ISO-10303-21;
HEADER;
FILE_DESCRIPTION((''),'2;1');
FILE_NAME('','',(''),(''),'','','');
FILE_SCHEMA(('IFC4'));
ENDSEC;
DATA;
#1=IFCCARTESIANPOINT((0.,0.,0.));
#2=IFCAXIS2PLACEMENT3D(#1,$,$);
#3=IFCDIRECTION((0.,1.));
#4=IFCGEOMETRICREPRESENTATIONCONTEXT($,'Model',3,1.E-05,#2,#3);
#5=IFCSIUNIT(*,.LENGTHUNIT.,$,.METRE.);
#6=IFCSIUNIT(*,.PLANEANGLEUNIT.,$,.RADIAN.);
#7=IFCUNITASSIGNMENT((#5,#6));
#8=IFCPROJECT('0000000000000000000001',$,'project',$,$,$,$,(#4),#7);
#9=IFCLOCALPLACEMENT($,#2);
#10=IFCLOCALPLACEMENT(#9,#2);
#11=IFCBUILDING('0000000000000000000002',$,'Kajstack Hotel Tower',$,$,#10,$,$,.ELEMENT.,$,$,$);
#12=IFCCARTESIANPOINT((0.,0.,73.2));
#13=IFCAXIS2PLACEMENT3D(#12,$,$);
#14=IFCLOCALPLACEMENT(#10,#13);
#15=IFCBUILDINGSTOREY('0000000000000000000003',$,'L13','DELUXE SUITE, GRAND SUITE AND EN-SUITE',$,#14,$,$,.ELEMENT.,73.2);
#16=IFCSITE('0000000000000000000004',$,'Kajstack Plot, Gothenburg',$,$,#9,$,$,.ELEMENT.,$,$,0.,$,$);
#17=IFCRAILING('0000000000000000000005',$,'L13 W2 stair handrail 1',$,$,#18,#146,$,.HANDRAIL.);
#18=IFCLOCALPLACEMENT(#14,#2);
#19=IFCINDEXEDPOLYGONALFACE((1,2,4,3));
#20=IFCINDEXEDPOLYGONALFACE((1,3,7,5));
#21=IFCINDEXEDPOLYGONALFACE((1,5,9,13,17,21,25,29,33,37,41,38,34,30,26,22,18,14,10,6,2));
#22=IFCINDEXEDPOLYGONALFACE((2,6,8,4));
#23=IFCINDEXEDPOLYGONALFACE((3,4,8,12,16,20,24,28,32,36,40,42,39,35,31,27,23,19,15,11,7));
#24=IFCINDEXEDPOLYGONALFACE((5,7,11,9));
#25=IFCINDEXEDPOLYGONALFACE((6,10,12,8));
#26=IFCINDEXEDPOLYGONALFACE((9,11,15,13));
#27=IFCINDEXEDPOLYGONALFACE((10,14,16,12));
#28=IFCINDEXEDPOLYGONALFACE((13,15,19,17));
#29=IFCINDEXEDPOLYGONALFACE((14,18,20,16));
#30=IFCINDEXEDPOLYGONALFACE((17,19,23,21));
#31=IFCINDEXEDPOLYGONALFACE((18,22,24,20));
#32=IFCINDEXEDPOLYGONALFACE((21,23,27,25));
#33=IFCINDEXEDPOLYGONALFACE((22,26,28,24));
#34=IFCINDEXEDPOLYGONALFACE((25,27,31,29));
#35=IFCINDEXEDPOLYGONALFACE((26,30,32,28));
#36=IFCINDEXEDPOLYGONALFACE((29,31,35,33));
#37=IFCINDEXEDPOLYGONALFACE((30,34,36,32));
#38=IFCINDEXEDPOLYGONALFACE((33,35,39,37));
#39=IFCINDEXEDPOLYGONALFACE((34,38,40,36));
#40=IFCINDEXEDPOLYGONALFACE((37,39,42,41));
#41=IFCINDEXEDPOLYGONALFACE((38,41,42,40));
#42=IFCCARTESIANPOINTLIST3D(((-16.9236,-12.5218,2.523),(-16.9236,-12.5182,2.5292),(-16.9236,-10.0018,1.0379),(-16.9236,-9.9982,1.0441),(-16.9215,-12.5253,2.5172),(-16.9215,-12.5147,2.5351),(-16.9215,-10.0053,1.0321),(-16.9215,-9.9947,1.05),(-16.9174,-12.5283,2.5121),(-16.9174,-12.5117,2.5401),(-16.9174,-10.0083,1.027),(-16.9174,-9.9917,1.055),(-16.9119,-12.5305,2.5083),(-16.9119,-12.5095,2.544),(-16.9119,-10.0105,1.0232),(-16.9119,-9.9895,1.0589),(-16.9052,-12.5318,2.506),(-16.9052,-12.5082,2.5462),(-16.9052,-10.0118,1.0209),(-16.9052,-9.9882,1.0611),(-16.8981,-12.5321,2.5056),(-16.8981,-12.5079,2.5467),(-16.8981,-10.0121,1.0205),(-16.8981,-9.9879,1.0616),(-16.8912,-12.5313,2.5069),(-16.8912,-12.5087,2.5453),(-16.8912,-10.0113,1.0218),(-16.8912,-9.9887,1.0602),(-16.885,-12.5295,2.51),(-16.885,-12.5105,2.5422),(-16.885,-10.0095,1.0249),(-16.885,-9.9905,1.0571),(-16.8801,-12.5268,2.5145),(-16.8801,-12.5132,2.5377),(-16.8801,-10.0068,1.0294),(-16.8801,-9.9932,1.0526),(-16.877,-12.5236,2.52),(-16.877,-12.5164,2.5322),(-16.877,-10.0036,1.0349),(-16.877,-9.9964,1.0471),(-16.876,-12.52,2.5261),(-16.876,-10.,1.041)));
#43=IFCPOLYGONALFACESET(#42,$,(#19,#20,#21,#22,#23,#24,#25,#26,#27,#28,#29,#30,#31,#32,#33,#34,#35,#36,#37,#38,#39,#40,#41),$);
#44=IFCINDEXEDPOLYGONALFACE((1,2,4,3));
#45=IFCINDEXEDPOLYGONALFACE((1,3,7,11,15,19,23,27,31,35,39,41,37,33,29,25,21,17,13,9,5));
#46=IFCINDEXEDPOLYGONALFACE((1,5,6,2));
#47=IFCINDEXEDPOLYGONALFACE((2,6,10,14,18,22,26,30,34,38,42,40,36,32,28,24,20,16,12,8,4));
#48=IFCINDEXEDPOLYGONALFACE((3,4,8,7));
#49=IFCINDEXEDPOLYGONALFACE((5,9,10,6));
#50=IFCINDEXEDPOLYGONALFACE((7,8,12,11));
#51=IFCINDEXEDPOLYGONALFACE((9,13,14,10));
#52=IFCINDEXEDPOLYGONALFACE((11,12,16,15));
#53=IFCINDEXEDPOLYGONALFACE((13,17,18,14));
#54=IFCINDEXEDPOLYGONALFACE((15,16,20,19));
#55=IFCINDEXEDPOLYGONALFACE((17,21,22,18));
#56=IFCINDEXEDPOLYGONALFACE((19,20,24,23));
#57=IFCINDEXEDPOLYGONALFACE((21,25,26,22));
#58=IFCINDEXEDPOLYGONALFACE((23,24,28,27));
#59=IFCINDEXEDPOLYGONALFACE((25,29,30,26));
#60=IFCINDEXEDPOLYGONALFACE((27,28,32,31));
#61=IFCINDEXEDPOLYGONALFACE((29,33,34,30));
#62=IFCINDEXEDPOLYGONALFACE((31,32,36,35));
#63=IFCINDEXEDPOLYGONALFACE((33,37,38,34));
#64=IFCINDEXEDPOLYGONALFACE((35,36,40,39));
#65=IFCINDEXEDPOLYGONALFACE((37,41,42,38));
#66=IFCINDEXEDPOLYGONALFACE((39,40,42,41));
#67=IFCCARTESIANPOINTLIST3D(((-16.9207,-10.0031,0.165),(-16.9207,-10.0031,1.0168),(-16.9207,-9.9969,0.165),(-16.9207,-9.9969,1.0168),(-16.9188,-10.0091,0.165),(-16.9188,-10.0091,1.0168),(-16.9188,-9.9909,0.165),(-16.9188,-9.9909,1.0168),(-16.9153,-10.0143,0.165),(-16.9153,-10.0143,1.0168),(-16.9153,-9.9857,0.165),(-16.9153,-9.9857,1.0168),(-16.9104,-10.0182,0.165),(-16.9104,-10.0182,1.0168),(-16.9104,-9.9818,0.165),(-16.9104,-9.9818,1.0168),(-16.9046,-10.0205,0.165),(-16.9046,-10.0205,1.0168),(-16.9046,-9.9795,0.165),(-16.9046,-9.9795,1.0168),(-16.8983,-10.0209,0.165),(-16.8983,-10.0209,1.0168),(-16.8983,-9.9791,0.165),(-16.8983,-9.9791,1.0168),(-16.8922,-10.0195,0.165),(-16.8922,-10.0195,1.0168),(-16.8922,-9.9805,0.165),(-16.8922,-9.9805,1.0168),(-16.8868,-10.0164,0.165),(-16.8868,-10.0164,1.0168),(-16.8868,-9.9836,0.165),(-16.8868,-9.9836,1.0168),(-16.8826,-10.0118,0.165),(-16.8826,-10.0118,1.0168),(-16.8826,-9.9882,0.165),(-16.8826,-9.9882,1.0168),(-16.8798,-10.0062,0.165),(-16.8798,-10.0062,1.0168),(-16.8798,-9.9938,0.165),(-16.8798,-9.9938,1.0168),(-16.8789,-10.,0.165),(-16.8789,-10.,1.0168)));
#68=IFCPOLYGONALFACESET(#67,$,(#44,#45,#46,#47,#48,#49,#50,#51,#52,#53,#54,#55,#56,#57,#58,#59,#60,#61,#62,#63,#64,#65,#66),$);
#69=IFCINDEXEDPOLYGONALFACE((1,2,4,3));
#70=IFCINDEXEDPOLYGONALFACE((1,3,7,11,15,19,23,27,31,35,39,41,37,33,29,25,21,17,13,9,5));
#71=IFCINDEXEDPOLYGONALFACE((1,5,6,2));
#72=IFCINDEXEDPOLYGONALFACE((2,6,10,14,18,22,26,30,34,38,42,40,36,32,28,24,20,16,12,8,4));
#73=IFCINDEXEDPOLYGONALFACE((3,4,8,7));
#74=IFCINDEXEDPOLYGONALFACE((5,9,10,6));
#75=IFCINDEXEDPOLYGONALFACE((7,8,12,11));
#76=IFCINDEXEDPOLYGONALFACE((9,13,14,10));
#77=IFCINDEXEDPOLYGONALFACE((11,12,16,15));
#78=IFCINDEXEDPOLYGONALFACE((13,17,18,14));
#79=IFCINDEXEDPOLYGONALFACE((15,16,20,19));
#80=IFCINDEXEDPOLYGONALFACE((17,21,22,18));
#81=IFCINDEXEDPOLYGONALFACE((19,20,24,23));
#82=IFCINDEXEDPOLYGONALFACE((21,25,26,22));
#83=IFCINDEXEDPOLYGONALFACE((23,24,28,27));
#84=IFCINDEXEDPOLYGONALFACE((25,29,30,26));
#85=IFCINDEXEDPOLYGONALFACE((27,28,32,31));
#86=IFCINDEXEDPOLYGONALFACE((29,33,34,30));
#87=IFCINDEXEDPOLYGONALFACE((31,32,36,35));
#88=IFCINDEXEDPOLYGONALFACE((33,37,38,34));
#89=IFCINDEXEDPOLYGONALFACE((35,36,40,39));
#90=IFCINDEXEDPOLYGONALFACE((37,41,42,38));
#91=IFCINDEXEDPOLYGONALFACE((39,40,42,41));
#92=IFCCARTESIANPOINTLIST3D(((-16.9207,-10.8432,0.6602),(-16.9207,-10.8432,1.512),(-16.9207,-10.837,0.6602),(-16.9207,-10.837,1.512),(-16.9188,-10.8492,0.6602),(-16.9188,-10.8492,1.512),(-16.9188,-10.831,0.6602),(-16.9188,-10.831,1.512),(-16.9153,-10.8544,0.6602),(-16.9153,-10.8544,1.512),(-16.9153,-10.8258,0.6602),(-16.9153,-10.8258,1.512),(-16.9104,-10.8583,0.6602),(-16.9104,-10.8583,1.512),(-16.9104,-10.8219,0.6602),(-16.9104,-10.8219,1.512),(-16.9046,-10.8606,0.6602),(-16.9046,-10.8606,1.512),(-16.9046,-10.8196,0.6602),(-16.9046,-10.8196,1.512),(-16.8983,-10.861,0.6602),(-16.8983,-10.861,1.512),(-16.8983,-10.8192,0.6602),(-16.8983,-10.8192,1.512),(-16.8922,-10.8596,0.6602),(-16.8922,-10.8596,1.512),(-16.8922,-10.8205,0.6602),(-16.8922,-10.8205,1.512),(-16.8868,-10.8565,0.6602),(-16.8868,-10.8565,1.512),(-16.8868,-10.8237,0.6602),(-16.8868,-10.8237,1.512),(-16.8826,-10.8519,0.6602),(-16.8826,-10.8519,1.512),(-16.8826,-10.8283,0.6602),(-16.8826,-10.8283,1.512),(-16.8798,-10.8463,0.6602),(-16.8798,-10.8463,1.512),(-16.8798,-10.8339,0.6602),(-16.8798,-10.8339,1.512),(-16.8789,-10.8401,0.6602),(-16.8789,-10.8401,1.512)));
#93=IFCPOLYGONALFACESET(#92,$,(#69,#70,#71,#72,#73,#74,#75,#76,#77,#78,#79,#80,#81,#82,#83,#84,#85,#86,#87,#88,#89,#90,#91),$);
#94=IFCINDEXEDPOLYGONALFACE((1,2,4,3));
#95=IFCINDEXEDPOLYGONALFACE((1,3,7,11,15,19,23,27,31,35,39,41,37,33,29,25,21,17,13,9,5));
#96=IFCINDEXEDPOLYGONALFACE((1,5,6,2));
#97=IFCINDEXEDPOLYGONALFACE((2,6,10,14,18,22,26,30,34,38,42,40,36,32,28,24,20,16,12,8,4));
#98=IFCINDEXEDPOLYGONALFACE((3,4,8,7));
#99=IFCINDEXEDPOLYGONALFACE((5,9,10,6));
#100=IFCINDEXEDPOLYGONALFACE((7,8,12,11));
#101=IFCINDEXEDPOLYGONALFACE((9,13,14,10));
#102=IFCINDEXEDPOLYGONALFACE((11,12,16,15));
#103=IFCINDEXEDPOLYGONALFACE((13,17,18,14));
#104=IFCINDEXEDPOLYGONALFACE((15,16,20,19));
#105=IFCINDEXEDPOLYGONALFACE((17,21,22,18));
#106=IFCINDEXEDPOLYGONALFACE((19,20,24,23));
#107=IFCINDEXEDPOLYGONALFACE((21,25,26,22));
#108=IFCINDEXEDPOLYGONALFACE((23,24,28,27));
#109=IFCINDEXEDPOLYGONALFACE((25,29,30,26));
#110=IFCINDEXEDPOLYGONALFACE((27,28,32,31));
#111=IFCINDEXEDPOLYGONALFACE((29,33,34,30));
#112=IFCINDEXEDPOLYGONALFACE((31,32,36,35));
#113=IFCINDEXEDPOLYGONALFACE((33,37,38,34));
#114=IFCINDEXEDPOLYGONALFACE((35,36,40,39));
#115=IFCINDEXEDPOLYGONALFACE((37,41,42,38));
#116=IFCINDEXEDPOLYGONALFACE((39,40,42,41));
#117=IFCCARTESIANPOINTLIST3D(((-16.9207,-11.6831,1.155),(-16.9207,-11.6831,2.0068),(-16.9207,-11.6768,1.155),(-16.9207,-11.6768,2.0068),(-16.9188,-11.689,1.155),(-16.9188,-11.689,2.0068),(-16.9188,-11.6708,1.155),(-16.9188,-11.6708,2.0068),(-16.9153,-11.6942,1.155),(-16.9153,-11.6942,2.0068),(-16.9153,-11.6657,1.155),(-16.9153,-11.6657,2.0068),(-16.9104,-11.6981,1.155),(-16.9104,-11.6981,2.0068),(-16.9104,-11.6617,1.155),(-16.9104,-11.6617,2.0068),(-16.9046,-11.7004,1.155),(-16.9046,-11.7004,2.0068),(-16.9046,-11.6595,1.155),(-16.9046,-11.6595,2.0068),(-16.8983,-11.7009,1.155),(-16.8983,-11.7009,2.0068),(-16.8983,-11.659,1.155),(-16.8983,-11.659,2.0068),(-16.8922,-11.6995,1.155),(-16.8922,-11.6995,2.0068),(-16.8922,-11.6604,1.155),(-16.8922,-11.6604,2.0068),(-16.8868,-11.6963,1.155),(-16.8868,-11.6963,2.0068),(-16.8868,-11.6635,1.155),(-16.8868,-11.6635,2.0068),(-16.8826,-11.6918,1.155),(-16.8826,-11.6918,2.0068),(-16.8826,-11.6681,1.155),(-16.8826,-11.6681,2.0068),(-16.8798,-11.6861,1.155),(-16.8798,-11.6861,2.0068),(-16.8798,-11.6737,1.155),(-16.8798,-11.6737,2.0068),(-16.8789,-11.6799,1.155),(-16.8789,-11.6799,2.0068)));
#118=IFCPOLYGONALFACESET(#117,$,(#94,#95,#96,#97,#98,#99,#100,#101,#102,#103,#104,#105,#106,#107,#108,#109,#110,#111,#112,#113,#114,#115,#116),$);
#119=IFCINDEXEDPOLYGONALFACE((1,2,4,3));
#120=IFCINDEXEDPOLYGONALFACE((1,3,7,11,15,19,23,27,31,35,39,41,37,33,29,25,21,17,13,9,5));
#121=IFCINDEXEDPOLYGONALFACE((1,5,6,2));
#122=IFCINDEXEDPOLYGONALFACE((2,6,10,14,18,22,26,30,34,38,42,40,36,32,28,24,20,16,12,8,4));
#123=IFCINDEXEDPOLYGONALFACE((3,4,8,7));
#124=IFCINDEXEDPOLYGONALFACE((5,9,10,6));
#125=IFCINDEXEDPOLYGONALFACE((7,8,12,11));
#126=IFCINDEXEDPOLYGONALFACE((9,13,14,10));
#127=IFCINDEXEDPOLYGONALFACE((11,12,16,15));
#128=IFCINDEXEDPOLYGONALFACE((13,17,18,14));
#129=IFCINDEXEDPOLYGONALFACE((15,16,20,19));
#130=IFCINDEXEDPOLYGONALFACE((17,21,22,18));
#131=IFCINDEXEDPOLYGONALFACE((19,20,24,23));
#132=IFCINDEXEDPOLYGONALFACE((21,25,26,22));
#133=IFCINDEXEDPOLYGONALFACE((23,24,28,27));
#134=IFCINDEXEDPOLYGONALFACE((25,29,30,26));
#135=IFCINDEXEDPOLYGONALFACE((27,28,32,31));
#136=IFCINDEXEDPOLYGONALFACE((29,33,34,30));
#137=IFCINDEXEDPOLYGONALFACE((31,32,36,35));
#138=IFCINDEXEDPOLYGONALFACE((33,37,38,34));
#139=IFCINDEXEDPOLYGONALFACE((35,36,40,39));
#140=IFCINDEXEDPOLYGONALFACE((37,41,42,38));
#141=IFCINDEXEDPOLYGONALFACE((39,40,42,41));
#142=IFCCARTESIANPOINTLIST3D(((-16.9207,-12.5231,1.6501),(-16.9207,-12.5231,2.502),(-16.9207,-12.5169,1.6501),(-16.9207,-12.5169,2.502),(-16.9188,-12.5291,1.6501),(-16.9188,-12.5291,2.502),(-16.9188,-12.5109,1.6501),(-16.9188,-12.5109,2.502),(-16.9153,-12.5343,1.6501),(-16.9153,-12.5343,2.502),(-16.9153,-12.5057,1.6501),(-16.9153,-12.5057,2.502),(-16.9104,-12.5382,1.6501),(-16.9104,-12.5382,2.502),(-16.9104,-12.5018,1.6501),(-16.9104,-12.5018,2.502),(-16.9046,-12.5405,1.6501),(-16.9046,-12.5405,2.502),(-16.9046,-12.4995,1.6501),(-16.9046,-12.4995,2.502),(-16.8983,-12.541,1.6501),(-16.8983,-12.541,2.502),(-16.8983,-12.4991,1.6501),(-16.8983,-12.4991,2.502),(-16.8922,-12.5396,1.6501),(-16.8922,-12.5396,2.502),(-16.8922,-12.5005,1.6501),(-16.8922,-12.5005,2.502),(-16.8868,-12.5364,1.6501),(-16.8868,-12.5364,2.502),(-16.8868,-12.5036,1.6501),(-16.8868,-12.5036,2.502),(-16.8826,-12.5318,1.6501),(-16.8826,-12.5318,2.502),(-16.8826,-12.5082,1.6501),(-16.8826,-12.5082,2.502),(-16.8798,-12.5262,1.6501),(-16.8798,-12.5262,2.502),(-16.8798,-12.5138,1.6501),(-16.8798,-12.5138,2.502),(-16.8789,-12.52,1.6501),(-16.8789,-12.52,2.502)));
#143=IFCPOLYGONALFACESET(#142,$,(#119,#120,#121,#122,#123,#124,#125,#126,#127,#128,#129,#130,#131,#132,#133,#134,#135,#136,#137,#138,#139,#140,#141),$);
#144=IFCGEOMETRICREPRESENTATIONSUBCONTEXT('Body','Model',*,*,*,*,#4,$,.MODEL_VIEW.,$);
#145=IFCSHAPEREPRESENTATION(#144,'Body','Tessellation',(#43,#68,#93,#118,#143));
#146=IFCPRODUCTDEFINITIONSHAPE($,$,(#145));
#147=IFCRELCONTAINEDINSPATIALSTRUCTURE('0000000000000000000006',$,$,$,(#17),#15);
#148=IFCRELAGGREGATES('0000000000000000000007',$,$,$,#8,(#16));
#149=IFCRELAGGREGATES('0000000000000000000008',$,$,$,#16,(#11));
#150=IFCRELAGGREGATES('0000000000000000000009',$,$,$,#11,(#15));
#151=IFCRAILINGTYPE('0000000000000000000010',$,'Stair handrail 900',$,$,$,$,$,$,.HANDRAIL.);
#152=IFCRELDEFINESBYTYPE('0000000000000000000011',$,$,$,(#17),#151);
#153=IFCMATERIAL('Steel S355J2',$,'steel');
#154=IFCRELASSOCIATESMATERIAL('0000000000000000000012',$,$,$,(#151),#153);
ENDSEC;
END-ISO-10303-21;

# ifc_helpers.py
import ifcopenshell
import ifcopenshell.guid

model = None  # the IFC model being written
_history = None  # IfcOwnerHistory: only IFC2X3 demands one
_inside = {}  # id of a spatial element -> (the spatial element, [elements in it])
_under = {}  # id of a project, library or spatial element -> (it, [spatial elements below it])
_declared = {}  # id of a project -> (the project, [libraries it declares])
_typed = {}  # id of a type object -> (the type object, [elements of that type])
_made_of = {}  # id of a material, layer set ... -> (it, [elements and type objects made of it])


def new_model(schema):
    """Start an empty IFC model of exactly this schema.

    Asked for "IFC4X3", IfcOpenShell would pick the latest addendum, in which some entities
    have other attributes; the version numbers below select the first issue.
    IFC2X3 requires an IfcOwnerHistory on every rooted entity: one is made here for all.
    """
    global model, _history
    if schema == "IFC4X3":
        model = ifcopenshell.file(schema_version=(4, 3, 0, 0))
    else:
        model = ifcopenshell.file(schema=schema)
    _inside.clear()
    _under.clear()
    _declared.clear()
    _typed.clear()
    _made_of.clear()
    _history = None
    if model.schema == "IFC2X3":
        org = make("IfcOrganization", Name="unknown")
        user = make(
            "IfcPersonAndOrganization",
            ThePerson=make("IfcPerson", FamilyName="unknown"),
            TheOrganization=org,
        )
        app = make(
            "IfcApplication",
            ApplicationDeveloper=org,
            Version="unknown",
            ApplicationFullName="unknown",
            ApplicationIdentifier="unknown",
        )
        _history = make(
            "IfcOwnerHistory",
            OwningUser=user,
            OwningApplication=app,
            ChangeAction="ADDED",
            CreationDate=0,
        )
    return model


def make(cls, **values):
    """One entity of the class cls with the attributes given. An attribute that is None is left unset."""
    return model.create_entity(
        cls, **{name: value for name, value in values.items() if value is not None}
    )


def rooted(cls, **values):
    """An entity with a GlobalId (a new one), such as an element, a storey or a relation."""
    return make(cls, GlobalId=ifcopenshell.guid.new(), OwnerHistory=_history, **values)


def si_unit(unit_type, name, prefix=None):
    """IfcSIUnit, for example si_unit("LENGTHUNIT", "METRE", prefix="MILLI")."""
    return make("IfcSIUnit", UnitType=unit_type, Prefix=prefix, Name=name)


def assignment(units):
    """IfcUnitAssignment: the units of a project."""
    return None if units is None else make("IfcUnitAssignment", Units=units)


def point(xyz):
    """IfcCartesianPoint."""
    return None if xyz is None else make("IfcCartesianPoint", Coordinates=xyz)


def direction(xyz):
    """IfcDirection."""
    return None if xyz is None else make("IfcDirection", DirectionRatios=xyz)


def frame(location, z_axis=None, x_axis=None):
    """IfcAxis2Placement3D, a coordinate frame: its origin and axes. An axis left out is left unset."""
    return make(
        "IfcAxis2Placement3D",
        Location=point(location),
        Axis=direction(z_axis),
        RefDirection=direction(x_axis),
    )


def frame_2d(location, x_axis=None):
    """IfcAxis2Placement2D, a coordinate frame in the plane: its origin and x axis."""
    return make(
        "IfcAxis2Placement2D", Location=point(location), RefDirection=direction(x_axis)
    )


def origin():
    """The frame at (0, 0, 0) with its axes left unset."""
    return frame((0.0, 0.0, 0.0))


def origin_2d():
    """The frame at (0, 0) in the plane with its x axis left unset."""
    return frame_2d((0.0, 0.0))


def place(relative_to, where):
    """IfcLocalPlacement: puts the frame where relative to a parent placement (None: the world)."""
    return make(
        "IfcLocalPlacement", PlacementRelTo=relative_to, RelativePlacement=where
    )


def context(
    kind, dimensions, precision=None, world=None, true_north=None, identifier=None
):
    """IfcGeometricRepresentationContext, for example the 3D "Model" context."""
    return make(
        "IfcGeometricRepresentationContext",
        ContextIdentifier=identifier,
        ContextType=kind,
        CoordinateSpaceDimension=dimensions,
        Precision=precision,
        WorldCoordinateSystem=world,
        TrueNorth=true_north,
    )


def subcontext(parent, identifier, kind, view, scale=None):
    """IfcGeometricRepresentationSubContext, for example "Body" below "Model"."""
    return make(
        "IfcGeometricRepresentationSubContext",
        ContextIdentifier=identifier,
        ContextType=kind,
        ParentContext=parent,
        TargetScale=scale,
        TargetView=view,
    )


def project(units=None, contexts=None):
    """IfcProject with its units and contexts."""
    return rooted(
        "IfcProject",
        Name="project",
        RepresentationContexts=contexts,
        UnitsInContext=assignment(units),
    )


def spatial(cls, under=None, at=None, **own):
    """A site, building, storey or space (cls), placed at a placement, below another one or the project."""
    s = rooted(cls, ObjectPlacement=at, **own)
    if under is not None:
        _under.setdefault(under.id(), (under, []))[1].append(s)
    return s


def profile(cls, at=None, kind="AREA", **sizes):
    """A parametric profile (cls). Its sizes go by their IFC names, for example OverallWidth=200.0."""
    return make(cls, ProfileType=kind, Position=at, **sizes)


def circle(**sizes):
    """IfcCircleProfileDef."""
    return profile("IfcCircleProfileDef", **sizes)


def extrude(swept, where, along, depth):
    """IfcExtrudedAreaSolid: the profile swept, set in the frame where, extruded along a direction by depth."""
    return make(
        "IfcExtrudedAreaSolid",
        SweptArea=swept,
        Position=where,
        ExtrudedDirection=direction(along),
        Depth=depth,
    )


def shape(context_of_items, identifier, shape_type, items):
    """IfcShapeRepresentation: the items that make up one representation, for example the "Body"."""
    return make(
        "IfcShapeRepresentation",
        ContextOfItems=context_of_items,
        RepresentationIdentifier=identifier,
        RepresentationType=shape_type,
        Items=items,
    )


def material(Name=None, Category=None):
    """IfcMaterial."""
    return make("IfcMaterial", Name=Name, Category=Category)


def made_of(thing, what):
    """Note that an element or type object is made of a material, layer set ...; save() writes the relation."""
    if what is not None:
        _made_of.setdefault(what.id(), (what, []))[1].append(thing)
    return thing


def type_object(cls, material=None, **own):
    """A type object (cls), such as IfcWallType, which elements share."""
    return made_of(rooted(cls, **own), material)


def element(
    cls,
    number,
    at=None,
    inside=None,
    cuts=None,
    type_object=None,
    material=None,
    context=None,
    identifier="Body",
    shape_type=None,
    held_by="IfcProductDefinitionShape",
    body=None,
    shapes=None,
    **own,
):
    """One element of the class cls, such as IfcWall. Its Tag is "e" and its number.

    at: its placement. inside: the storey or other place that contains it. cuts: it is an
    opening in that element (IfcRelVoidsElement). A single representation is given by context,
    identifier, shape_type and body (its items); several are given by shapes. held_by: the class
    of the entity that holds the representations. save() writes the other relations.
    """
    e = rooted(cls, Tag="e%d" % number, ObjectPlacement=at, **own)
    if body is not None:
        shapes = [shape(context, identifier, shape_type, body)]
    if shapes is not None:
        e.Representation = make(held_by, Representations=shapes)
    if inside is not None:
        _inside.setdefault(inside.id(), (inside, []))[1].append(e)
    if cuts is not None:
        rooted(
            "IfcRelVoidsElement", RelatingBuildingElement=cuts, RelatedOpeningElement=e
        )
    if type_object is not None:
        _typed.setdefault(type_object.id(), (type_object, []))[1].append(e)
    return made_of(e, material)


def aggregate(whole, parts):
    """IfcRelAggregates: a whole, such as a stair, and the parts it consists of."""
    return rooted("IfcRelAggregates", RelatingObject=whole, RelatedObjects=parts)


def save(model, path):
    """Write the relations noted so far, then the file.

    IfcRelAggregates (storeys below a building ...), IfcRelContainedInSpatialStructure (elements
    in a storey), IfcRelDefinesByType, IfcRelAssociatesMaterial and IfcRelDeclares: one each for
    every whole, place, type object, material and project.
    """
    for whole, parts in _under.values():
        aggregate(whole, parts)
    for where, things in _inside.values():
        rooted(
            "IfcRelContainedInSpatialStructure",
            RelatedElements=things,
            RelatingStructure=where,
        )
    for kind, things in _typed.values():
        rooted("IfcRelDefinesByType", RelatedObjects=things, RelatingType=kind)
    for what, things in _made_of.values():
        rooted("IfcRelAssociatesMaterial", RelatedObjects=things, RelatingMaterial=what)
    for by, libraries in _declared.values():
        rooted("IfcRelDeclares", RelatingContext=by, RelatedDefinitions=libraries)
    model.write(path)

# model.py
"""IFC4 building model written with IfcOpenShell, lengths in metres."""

from ifc_helpers import new_model, si_unit, direction, frame, origin, origin_2d, place, context, subcontext, project, spatial, circle, extrude, material, type_object, element, save


model = new_model("IFC4")

# Units and contexts
model_context = context("Model", 3, precision=1e-05, world=origin(), true_north=direction((0.0, 1.0)))
body_context = subcontext(model_context, "Body", "Model", "MODEL_VIEW")
ifc_project = project(units=[si_unit("LENGTHUNIT", "METRE"), si_unit("PLANEANGLEUNIT", "RADIAN")], contexts=[model_context])

# Site, building, storey
site_placement = place(None, origin())
site = spatial("IfcSite", under=ifc_project, at=site_placement, Name="Kajstack Plot, Gothenburg", CompositionType="ELEMENT", RefElevation=0.0)
building_placement = place(site_placement, origin())
building = spatial("IfcBuilding", under=site, at=building_placement, Name="Kajstack Hotel Tower", CompositionType="ELEMENT")
storey_placement = place(building_placement, frame((0.0, 0.0, 73.2)))
storey = spatial("IfcBuildingStorey", under=building, at=storey_placement, Name="L13", Description="DELUXE SUITE, GRAND SUITE AND EN-SUITE", CompositionType="ELEMENT", Elevation=73.2)

# Railing
ifc_material_1 = material(Name="Steel S355J2", Category="steel")
railing_type_1 = type_object("IfcRailingType", Name="Stair handrail 900", PredefinedType="HANDRAIL", material=ifc_material_1)
railing_1_placement = place(storey_placement, frame((-16.8999, -10.0, 0.165)))
element("IfcRailing", 1, at=railing_1_placement, inside=storey, type_object=railing_type_1, Name="L13 W2 stair handrail 1", PredefinedType="HANDRAIL", context=body_context, shape_type="SweptSolid", body=[
    extrude(circle(Radius=0.0239, at=origin_2d()), frame((0.0, 0.0, 0.876), z_axis=(0.0, -0.861524, 0.507717), x_axis=(1.0, 0.0, 0.0)), (0.0, 0.0, 1.0), 2.925),
    extrude(circle(Radius=0.021, at=origin_2d()), origin(), (0.0, 0.0, 1.0), 0.8518),
    extrude(circle(Radius=0.021, at=origin_2d()), frame((0.0, -0.8401, 0.4951)), (0.0, 0.0, 1.0), 0.8518),
    extrude(circle(Radius=0.021, at=origin_2d()), frame((0.0, -1.6799, 0.99)), (0.0, 0.0, 1.0), 0.8518),
    extrude(circle(Radius=0.021, at=origin_2d()), frame((0.0, -2.52, 1.4851)), (0.0, 0.0, 1.0), 0.8518),
])

save(model, "model.ifc")
